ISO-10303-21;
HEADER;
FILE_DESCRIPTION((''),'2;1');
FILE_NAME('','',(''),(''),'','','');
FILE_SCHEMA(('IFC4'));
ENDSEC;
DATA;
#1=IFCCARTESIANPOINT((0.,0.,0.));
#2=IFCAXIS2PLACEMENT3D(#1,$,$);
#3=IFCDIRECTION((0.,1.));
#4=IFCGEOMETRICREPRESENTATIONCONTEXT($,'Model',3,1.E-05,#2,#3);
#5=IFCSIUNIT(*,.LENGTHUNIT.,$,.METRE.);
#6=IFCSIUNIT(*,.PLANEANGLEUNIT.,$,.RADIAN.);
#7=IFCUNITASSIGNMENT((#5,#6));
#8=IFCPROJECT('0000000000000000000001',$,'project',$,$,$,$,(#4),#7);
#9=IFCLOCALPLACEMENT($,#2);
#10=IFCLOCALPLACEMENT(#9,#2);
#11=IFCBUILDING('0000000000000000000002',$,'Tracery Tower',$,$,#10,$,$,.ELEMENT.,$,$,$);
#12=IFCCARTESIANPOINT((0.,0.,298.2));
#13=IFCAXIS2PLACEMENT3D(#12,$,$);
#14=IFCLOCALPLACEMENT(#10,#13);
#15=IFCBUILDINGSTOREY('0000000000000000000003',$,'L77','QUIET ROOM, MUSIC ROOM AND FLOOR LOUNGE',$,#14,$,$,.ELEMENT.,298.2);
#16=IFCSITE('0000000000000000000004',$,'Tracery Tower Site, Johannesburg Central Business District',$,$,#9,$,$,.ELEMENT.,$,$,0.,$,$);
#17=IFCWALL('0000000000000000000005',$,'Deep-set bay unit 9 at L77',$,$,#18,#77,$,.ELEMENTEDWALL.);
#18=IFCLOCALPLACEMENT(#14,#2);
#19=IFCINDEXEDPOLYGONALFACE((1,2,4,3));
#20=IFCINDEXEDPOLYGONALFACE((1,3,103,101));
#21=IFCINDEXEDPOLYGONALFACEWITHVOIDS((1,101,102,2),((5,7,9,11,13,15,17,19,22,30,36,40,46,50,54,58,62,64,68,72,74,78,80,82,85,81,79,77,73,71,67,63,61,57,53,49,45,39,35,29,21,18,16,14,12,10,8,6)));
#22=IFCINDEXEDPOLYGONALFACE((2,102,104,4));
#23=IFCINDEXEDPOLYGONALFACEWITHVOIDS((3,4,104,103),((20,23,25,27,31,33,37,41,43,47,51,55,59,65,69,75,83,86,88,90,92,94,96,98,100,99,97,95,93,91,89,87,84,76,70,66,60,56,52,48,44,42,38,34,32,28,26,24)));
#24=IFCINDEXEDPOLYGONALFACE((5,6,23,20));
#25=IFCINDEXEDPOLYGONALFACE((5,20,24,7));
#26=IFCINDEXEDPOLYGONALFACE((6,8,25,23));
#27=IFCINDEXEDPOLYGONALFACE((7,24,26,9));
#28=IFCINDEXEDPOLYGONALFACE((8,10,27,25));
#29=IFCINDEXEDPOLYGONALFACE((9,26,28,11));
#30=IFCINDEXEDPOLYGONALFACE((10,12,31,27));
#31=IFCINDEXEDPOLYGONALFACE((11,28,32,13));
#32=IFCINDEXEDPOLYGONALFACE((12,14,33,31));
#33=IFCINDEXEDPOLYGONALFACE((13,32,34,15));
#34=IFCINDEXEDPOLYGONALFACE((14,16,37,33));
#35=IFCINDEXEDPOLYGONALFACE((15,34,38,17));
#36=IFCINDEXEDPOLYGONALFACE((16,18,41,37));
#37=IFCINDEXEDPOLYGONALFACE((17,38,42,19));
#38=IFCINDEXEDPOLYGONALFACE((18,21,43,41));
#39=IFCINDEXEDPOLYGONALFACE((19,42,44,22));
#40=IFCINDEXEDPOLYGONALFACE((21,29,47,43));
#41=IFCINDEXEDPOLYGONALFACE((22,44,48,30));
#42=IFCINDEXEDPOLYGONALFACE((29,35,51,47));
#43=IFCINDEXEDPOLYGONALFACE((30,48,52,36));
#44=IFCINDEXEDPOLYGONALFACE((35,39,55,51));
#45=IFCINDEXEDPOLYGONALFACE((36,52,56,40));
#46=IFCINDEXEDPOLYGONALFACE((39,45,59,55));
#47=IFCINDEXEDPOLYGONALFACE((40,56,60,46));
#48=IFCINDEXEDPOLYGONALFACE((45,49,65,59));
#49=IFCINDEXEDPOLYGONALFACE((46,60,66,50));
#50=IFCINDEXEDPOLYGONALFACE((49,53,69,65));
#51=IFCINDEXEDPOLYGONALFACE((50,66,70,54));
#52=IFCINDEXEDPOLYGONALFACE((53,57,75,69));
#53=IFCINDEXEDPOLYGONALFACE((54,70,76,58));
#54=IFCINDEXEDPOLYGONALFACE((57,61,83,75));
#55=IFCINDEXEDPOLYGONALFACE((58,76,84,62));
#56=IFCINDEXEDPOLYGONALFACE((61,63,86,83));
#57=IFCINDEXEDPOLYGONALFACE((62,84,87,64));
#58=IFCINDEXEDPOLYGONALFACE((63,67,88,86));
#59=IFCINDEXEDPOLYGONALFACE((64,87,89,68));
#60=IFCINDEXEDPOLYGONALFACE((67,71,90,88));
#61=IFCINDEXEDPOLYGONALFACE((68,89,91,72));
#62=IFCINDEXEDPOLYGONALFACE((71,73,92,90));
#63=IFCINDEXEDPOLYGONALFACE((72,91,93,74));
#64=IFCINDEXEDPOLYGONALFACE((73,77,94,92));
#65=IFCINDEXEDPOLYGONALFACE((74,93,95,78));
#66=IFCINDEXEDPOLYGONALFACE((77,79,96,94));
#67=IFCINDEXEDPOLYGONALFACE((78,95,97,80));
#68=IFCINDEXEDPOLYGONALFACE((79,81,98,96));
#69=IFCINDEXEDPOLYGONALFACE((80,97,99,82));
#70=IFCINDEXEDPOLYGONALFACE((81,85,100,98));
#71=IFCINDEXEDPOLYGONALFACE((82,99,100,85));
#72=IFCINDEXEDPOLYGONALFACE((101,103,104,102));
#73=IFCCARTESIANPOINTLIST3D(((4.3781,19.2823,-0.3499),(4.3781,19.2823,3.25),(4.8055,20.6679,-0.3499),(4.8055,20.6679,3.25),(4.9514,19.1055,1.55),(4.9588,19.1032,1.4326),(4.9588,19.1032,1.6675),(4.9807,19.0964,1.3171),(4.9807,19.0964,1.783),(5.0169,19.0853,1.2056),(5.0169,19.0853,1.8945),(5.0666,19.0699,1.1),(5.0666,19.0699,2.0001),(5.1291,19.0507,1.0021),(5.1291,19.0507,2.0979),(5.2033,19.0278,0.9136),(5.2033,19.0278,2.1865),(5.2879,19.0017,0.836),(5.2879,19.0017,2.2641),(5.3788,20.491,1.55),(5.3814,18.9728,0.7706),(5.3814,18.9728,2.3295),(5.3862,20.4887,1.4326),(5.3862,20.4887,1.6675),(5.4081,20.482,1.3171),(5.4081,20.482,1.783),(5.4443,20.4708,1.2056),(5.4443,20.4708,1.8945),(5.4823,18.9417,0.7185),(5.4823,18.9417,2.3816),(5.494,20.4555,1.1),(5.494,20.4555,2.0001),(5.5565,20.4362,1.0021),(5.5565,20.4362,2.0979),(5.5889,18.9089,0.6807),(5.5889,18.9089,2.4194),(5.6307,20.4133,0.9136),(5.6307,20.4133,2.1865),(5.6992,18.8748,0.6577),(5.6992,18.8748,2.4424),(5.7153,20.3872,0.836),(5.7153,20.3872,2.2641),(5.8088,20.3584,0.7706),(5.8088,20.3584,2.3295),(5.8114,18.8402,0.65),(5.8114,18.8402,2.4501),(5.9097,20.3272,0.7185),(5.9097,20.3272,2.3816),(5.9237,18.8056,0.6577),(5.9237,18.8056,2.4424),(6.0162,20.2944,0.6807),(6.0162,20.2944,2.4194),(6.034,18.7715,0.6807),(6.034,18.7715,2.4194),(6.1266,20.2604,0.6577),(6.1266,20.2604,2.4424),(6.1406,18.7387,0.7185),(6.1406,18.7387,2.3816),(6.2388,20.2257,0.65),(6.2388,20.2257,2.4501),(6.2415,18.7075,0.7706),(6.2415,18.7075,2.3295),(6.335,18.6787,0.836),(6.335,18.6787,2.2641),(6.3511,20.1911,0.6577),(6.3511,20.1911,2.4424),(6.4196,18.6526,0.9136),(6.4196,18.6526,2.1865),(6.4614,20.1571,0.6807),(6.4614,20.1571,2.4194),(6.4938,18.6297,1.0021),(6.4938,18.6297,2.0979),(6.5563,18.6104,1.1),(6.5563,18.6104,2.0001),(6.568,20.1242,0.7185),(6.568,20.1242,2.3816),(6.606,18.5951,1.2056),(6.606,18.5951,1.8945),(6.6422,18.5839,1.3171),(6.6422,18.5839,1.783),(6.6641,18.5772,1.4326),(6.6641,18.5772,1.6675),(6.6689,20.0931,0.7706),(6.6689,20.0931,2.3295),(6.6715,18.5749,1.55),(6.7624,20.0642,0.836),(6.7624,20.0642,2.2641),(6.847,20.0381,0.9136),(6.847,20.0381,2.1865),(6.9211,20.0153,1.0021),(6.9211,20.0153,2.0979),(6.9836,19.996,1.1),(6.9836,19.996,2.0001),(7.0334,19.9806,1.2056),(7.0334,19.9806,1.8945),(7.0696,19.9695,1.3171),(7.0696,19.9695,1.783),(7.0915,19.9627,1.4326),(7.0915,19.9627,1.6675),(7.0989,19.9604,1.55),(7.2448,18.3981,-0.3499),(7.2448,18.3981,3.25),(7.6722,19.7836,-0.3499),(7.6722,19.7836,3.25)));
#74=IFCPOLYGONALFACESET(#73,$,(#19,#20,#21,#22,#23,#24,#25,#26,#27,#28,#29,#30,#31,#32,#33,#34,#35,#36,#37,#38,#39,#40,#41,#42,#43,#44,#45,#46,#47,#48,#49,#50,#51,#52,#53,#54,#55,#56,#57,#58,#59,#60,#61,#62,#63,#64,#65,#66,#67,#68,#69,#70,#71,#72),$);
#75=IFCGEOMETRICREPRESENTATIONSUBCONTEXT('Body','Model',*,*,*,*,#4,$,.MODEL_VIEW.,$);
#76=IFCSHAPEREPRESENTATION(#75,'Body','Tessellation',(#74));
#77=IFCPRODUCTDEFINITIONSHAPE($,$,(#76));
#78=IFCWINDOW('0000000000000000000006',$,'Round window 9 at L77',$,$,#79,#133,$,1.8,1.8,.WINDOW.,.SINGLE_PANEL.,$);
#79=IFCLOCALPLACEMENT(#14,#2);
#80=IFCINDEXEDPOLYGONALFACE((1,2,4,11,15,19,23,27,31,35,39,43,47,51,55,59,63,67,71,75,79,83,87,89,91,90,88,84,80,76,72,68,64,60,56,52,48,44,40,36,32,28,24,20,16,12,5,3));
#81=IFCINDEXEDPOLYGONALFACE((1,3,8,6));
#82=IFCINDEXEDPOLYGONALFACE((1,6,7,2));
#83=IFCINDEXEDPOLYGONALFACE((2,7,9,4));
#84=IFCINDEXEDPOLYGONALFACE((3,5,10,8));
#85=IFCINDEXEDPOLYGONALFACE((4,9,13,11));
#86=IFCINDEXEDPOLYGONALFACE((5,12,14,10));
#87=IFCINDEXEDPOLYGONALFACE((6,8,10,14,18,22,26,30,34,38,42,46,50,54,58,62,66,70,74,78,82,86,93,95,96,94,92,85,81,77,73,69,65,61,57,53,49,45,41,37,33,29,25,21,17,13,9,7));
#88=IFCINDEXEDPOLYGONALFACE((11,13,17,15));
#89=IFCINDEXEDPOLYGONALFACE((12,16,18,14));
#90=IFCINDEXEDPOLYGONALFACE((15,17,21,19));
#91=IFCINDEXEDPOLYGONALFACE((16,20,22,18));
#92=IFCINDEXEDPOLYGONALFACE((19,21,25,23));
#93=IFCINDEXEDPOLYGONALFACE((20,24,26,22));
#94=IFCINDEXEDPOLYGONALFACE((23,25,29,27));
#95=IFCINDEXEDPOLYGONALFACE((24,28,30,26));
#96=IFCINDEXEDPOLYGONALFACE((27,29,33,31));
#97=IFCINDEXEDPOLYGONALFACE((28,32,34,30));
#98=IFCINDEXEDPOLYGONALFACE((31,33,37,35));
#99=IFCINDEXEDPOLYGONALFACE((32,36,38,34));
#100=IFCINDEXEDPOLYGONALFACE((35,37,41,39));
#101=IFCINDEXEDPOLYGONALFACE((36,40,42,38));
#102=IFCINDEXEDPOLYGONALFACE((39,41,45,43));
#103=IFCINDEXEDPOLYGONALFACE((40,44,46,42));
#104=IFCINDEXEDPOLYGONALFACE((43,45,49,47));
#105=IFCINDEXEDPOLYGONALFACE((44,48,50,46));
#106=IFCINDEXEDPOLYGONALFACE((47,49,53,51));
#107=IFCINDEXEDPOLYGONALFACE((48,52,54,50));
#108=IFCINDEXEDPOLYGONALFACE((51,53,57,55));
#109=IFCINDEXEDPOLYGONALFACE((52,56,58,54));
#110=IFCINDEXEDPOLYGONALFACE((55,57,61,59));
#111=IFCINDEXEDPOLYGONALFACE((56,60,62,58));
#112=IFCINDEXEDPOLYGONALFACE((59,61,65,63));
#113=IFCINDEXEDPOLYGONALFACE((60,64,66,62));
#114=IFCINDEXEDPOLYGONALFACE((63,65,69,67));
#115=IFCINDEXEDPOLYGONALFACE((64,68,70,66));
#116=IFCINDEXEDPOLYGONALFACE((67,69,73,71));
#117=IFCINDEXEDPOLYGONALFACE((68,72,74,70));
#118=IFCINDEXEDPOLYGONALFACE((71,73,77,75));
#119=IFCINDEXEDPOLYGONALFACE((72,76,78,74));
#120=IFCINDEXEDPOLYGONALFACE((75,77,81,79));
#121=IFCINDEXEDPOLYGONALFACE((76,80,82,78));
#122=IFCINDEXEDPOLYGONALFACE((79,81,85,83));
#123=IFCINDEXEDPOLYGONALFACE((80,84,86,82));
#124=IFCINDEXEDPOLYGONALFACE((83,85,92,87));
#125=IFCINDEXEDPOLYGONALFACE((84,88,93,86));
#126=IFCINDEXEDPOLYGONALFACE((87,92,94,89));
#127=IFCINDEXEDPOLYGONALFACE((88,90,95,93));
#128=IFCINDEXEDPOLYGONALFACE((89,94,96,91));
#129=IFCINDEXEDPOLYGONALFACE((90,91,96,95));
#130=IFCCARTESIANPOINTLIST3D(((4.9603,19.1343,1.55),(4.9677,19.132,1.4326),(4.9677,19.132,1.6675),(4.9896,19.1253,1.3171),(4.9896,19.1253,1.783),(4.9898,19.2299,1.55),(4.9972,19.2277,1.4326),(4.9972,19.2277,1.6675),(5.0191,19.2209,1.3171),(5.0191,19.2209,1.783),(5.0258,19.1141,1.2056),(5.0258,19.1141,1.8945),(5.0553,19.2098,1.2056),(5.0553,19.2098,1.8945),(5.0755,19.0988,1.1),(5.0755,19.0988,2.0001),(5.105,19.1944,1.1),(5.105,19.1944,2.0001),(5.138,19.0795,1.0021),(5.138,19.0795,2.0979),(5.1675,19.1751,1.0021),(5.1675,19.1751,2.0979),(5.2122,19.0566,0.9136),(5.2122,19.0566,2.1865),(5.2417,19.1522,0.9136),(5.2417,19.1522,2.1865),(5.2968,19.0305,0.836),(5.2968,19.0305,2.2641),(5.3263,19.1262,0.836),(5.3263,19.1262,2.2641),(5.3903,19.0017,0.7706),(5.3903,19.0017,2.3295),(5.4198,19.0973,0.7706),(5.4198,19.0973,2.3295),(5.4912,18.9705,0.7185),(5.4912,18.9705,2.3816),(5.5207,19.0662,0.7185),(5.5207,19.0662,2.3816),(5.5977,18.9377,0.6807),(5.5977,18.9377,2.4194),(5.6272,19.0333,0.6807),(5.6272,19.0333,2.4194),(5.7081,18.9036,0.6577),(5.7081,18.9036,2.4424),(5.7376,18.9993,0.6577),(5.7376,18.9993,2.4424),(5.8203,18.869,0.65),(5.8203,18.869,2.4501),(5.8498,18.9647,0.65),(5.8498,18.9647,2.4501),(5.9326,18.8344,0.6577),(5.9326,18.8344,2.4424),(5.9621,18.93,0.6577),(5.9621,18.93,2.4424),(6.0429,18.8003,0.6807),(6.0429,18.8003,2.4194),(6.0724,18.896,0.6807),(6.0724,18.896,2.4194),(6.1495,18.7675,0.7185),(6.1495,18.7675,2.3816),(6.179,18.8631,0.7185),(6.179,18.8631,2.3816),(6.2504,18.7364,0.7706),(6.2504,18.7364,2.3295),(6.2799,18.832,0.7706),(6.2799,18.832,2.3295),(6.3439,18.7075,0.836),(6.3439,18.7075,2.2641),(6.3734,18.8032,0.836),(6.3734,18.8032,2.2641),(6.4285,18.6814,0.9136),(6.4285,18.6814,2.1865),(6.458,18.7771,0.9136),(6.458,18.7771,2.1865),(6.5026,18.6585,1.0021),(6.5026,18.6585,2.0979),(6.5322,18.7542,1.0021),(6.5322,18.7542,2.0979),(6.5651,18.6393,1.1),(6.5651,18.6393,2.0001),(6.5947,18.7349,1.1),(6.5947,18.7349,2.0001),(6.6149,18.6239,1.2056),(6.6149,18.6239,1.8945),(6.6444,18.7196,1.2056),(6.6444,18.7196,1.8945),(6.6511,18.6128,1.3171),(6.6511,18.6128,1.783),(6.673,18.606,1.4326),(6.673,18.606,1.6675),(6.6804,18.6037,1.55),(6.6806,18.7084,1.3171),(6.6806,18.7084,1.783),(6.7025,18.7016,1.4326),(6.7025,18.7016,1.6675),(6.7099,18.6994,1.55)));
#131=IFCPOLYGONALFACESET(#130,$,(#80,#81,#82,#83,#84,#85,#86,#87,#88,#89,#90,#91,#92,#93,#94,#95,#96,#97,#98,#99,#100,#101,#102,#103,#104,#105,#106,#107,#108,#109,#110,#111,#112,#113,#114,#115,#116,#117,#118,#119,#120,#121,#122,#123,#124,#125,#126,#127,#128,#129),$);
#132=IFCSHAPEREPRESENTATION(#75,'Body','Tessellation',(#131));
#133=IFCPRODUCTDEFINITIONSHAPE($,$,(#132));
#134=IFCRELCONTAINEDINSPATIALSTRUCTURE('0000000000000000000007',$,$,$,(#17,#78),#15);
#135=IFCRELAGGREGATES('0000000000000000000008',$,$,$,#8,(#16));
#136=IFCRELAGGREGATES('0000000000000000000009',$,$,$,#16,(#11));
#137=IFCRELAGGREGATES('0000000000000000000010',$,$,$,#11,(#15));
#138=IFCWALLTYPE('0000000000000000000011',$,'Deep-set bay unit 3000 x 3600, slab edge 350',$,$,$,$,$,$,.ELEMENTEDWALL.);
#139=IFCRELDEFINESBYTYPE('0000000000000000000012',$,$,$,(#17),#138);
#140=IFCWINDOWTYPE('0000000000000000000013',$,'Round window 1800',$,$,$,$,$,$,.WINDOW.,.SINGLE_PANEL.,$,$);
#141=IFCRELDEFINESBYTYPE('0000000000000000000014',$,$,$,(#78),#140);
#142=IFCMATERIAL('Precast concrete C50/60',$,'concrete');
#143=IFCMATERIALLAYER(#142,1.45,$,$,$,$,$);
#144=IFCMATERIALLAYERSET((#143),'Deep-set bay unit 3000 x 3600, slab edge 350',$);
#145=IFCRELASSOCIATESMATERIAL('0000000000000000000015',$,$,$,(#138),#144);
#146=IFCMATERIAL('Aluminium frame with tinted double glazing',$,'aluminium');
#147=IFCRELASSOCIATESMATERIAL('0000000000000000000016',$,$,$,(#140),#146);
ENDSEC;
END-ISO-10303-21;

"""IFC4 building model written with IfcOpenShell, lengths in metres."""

from ifc_helpers import new_model, si_unit, direction, frame, frame_2d, origin, origin_2d, place, context, subcontext, project, spatial, rectangle, circle, extrude, material, layer, layer_set, type_object, element, fill, save


model = new_model("IFC4")

# Units and contexts
model_context = context("Model", 3, precision=1e-05, world=origin(), true_north=direction((0.0, 1.0)))
body_context = subcontext(model_context, "Body", "Model", "MODEL_VIEW")
ifc_project = project(units=[si_unit("LENGTHUNIT", "METRE"), si_unit("PLANEANGLEUNIT", "RADIAN")], contexts=[model_context])

# Site, building, storey
site_placement = place(None, origin())
site = spatial("IfcSite", under=ifc_project, at=site_placement, Name="Tracery Tower Site, Johannesburg Central Business District", CompositionType="ELEMENT", RefElevation=0.0)
building_placement = place(site_placement, origin())
building = spatial("IfcBuilding", under=site, at=building_placement, Name="Tracery Tower", CompositionType="ELEMENT")
storey_placement = place(building_placement, frame((0.0, 0.0, 298.2)))
storey = spatial("IfcBuildingStorey", under=building, at=storey_placement, Name="L77", Description="QUIET ROOM, MUSIC ROOM AND FLOOR LOUNGE", CompositionType="ELEMENT", Elevation=298.2)

# Wall, opening, window
ifc_material_1 = material(Name="Precast concrete C50/60", Category="concrete")
ifc_layer_1 = layer(ifc_material_1, 1.45)
ifc_layer_set_1 = layer_set([ifc_layer_1], Name="Deep-set bay unit 3000 x 3600, slab edge 350")
wall_type_1 = type_object("IfcWallType", Name="Deep-set bay unit 3000 x 3600, slab edge 350", PredefinedType="ELEMENTEDWALL", material=ifc_layer_set_1)
wall_1_placement = place(storey_placement, frame((7.4585, 19.0908, -0.3499), z_axis=(0.0, 0.0, 1.0), x_axis=(-0.955571, 0.294761, 0.0)))
wall_1 = element("IfcWall", 1, at=wall_1_placement, inside=storey, type_object=wall_type_1, Name="Deep-set bay unit 9 at L77", PredefinedType="ELEMENTEDWALL", context=body_context, shape_type="SweptSolid", body=[
    extrude(rectangle(XDim=3.0, YDim=1.45, at=frame_2d((1.5, 0.0))), origin(), (0.0, 0.0, 1.0), 3.5999),
])
opening_1_placement = place(wall_1_placement, frame((1.5, 0.0, 1.8999)))
opening_1 = element("IfcOpeningElement", 2, at=opening_1_placement, cuts=wall_1, PredefinedType="OPENING", context=body_context, shape_type="SweptSolid", body=[
    extrude(circle(Radius=0.9, at=origin_2d()), frame((0.0, 0.7349, 0.0), z_axis=(0.0, -1.0, 0.0), x_axis=(1.0, 0.0, 0.0)), (0.0, 0.0, 1.0), 1.47),
])
ifc_material_2 = material(Name="Aluminium frame with tinted double glazing", Category="aluminium")
window_type = type_object("IfcWindowType", Name="Round window 1800", PartitioningType="SINGLE_PANEL", PredefinedType="WINDOW", material=ifc_material_2)
window_1_placement = place(opening_1_placement, origin())
window_1 = element("IfcWindow", 3, at=window_1_placement, inside=storey, type_object=window_type, Name="Round window 9 at L77", OverallHeight=1.8, OverallWidth=1.8, PartitioningType="SINGLE_PANEL", PredefinedType="WINDOW", context=body_context, shape_type="SweptSolid", body=[
    extrude(circle(Radius=0.9, at=origin_2d()), frame((0.0, 0.6948, 0.0), z_axis=(0.0, -1.0, 0.0), x_axis=(1.0, 0.0, 0.0)), (0.0, 0.0, 1.0), 0.1001),
])
fill(opening_1, window_1)

save(model, "model.ifc")
